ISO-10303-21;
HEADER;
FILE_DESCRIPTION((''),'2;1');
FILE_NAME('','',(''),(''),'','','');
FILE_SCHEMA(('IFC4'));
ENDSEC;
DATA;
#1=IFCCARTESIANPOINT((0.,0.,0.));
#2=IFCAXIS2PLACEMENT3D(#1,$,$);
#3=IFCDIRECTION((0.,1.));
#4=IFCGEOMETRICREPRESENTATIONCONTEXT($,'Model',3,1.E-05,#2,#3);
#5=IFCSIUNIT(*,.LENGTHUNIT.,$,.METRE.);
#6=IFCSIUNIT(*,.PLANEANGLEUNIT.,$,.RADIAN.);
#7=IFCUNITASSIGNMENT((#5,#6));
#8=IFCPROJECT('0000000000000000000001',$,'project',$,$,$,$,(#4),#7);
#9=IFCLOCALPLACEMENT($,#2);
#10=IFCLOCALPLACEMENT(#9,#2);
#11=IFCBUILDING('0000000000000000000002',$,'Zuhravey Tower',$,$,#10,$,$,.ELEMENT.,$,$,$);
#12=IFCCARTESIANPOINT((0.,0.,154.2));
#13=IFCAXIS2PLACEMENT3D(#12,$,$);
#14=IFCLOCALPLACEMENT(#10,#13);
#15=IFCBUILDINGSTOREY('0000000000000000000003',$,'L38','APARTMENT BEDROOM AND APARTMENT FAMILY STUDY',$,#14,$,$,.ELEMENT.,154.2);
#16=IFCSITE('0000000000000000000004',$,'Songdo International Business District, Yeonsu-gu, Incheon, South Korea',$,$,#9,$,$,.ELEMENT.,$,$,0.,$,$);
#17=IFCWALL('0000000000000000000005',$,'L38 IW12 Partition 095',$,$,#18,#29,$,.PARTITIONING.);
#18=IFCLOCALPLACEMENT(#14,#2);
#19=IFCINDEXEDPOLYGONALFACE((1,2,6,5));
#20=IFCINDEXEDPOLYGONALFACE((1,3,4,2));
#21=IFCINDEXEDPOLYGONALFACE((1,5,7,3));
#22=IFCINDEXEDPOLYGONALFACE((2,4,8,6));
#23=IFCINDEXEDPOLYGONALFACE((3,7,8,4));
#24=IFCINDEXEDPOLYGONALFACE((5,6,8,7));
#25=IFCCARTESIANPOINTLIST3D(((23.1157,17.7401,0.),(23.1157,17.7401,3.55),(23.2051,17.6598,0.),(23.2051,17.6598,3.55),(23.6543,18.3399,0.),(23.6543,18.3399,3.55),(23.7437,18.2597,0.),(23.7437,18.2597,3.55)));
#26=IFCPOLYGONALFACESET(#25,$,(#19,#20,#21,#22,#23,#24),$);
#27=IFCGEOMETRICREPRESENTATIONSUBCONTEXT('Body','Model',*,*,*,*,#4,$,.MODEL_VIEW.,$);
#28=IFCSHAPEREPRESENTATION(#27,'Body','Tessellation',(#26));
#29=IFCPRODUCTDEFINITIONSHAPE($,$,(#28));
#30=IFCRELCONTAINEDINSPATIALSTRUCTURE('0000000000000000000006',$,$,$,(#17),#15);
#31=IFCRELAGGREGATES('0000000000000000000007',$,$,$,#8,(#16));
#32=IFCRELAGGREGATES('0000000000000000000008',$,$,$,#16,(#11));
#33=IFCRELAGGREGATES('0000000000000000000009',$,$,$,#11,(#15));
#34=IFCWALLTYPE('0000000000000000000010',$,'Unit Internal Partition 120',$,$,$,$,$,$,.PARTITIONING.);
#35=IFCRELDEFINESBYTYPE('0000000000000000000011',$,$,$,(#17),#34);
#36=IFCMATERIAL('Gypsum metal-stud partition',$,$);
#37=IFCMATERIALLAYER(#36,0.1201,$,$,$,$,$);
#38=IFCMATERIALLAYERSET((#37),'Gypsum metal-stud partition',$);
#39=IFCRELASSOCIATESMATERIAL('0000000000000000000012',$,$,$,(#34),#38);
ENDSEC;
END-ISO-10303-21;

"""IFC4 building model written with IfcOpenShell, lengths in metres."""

from ifc_helpers import new_model, si_unit, direction, frame, frame_2d, origin, place, context, subcontext, project, spatial, rectangle, extrude, material, layer, layer_set, type_object, element, save


model = new_model("IFC4")

# Units and contexts
model_context = context("Model", 3, precision=1e-05, world=origin(), true_north=direction((0.0, 1.0)))
body_context = subcontext(model_context, "Body", "Model", "MODEL_VIEW")
ifc_project = project(units=[si_unit("LENGTHUNIT", "METRE"), si_unit("PLANEANGLEUNIT", "RADIAN")], contexts=[model_context])

# Site, building, storey
site_placement = place(None, origin())
site = spatial("IfcSite", under=ifc_project, at=site_placement, Name="Songdo International Business District, Yeonsu-gu, Incheon, South Korea", CompositionType="ELEMENT", RefElevation=0.0)
building_placement = place(site_placement, origin())
building = spatial("IfcBuilding", under=site, at=building_placement, Name="Zuhravey Tower", CompositionType="ELEMENT")
storey_placement = place(building_placement, frame((0.0, 0.0, 154.2)))
storey = spatial("IfcBuildingStorey", under=building, at=storey_placement, Name="L38", Description="APARTMENT BEDROOM AND APARTMENT FAMILY STUDY", CompositionType="ELEMENT", Elevation=154.2)

# Wall
ifc_material_1 = material(Name="Gypsum metal-stud partition")
ifc_layer_1 = layer(ifc_material_1, 0.1201)
ifc_layer_set_1 = layer_set([ifc_layer_1], Name="Gypsum metal-stud partition")
wall_type_1 = type_object("IfcWallType", Name="Unit Internal Partition 120", PredefinedType="PARTITIONING", material=ifc_layer_set_1)
wall_1_placement = place(storey_placement, frame((23.699, 18.2998, 0.0), z_axis=(0.0, 0.0, 1.0), x_axis=(-0.668077, -0.744092, 0.0)))
element("IfcWall", 1, at=wall_1_placement, inside=storey, type_object=wall_type_1, Name="L38 IW12 Partition 095", PredefinedType="PARTITIONING", context=body_context, shape_type="SweptSolid", body=[
    extrude(rectangle(XDim=0.8062, YDim=0.1201, at=frame_2d((0.4031, 0.0))), origin(), (0.0, 0.0, 1.0), 3.55),
])

save(model, "model.ifc")
